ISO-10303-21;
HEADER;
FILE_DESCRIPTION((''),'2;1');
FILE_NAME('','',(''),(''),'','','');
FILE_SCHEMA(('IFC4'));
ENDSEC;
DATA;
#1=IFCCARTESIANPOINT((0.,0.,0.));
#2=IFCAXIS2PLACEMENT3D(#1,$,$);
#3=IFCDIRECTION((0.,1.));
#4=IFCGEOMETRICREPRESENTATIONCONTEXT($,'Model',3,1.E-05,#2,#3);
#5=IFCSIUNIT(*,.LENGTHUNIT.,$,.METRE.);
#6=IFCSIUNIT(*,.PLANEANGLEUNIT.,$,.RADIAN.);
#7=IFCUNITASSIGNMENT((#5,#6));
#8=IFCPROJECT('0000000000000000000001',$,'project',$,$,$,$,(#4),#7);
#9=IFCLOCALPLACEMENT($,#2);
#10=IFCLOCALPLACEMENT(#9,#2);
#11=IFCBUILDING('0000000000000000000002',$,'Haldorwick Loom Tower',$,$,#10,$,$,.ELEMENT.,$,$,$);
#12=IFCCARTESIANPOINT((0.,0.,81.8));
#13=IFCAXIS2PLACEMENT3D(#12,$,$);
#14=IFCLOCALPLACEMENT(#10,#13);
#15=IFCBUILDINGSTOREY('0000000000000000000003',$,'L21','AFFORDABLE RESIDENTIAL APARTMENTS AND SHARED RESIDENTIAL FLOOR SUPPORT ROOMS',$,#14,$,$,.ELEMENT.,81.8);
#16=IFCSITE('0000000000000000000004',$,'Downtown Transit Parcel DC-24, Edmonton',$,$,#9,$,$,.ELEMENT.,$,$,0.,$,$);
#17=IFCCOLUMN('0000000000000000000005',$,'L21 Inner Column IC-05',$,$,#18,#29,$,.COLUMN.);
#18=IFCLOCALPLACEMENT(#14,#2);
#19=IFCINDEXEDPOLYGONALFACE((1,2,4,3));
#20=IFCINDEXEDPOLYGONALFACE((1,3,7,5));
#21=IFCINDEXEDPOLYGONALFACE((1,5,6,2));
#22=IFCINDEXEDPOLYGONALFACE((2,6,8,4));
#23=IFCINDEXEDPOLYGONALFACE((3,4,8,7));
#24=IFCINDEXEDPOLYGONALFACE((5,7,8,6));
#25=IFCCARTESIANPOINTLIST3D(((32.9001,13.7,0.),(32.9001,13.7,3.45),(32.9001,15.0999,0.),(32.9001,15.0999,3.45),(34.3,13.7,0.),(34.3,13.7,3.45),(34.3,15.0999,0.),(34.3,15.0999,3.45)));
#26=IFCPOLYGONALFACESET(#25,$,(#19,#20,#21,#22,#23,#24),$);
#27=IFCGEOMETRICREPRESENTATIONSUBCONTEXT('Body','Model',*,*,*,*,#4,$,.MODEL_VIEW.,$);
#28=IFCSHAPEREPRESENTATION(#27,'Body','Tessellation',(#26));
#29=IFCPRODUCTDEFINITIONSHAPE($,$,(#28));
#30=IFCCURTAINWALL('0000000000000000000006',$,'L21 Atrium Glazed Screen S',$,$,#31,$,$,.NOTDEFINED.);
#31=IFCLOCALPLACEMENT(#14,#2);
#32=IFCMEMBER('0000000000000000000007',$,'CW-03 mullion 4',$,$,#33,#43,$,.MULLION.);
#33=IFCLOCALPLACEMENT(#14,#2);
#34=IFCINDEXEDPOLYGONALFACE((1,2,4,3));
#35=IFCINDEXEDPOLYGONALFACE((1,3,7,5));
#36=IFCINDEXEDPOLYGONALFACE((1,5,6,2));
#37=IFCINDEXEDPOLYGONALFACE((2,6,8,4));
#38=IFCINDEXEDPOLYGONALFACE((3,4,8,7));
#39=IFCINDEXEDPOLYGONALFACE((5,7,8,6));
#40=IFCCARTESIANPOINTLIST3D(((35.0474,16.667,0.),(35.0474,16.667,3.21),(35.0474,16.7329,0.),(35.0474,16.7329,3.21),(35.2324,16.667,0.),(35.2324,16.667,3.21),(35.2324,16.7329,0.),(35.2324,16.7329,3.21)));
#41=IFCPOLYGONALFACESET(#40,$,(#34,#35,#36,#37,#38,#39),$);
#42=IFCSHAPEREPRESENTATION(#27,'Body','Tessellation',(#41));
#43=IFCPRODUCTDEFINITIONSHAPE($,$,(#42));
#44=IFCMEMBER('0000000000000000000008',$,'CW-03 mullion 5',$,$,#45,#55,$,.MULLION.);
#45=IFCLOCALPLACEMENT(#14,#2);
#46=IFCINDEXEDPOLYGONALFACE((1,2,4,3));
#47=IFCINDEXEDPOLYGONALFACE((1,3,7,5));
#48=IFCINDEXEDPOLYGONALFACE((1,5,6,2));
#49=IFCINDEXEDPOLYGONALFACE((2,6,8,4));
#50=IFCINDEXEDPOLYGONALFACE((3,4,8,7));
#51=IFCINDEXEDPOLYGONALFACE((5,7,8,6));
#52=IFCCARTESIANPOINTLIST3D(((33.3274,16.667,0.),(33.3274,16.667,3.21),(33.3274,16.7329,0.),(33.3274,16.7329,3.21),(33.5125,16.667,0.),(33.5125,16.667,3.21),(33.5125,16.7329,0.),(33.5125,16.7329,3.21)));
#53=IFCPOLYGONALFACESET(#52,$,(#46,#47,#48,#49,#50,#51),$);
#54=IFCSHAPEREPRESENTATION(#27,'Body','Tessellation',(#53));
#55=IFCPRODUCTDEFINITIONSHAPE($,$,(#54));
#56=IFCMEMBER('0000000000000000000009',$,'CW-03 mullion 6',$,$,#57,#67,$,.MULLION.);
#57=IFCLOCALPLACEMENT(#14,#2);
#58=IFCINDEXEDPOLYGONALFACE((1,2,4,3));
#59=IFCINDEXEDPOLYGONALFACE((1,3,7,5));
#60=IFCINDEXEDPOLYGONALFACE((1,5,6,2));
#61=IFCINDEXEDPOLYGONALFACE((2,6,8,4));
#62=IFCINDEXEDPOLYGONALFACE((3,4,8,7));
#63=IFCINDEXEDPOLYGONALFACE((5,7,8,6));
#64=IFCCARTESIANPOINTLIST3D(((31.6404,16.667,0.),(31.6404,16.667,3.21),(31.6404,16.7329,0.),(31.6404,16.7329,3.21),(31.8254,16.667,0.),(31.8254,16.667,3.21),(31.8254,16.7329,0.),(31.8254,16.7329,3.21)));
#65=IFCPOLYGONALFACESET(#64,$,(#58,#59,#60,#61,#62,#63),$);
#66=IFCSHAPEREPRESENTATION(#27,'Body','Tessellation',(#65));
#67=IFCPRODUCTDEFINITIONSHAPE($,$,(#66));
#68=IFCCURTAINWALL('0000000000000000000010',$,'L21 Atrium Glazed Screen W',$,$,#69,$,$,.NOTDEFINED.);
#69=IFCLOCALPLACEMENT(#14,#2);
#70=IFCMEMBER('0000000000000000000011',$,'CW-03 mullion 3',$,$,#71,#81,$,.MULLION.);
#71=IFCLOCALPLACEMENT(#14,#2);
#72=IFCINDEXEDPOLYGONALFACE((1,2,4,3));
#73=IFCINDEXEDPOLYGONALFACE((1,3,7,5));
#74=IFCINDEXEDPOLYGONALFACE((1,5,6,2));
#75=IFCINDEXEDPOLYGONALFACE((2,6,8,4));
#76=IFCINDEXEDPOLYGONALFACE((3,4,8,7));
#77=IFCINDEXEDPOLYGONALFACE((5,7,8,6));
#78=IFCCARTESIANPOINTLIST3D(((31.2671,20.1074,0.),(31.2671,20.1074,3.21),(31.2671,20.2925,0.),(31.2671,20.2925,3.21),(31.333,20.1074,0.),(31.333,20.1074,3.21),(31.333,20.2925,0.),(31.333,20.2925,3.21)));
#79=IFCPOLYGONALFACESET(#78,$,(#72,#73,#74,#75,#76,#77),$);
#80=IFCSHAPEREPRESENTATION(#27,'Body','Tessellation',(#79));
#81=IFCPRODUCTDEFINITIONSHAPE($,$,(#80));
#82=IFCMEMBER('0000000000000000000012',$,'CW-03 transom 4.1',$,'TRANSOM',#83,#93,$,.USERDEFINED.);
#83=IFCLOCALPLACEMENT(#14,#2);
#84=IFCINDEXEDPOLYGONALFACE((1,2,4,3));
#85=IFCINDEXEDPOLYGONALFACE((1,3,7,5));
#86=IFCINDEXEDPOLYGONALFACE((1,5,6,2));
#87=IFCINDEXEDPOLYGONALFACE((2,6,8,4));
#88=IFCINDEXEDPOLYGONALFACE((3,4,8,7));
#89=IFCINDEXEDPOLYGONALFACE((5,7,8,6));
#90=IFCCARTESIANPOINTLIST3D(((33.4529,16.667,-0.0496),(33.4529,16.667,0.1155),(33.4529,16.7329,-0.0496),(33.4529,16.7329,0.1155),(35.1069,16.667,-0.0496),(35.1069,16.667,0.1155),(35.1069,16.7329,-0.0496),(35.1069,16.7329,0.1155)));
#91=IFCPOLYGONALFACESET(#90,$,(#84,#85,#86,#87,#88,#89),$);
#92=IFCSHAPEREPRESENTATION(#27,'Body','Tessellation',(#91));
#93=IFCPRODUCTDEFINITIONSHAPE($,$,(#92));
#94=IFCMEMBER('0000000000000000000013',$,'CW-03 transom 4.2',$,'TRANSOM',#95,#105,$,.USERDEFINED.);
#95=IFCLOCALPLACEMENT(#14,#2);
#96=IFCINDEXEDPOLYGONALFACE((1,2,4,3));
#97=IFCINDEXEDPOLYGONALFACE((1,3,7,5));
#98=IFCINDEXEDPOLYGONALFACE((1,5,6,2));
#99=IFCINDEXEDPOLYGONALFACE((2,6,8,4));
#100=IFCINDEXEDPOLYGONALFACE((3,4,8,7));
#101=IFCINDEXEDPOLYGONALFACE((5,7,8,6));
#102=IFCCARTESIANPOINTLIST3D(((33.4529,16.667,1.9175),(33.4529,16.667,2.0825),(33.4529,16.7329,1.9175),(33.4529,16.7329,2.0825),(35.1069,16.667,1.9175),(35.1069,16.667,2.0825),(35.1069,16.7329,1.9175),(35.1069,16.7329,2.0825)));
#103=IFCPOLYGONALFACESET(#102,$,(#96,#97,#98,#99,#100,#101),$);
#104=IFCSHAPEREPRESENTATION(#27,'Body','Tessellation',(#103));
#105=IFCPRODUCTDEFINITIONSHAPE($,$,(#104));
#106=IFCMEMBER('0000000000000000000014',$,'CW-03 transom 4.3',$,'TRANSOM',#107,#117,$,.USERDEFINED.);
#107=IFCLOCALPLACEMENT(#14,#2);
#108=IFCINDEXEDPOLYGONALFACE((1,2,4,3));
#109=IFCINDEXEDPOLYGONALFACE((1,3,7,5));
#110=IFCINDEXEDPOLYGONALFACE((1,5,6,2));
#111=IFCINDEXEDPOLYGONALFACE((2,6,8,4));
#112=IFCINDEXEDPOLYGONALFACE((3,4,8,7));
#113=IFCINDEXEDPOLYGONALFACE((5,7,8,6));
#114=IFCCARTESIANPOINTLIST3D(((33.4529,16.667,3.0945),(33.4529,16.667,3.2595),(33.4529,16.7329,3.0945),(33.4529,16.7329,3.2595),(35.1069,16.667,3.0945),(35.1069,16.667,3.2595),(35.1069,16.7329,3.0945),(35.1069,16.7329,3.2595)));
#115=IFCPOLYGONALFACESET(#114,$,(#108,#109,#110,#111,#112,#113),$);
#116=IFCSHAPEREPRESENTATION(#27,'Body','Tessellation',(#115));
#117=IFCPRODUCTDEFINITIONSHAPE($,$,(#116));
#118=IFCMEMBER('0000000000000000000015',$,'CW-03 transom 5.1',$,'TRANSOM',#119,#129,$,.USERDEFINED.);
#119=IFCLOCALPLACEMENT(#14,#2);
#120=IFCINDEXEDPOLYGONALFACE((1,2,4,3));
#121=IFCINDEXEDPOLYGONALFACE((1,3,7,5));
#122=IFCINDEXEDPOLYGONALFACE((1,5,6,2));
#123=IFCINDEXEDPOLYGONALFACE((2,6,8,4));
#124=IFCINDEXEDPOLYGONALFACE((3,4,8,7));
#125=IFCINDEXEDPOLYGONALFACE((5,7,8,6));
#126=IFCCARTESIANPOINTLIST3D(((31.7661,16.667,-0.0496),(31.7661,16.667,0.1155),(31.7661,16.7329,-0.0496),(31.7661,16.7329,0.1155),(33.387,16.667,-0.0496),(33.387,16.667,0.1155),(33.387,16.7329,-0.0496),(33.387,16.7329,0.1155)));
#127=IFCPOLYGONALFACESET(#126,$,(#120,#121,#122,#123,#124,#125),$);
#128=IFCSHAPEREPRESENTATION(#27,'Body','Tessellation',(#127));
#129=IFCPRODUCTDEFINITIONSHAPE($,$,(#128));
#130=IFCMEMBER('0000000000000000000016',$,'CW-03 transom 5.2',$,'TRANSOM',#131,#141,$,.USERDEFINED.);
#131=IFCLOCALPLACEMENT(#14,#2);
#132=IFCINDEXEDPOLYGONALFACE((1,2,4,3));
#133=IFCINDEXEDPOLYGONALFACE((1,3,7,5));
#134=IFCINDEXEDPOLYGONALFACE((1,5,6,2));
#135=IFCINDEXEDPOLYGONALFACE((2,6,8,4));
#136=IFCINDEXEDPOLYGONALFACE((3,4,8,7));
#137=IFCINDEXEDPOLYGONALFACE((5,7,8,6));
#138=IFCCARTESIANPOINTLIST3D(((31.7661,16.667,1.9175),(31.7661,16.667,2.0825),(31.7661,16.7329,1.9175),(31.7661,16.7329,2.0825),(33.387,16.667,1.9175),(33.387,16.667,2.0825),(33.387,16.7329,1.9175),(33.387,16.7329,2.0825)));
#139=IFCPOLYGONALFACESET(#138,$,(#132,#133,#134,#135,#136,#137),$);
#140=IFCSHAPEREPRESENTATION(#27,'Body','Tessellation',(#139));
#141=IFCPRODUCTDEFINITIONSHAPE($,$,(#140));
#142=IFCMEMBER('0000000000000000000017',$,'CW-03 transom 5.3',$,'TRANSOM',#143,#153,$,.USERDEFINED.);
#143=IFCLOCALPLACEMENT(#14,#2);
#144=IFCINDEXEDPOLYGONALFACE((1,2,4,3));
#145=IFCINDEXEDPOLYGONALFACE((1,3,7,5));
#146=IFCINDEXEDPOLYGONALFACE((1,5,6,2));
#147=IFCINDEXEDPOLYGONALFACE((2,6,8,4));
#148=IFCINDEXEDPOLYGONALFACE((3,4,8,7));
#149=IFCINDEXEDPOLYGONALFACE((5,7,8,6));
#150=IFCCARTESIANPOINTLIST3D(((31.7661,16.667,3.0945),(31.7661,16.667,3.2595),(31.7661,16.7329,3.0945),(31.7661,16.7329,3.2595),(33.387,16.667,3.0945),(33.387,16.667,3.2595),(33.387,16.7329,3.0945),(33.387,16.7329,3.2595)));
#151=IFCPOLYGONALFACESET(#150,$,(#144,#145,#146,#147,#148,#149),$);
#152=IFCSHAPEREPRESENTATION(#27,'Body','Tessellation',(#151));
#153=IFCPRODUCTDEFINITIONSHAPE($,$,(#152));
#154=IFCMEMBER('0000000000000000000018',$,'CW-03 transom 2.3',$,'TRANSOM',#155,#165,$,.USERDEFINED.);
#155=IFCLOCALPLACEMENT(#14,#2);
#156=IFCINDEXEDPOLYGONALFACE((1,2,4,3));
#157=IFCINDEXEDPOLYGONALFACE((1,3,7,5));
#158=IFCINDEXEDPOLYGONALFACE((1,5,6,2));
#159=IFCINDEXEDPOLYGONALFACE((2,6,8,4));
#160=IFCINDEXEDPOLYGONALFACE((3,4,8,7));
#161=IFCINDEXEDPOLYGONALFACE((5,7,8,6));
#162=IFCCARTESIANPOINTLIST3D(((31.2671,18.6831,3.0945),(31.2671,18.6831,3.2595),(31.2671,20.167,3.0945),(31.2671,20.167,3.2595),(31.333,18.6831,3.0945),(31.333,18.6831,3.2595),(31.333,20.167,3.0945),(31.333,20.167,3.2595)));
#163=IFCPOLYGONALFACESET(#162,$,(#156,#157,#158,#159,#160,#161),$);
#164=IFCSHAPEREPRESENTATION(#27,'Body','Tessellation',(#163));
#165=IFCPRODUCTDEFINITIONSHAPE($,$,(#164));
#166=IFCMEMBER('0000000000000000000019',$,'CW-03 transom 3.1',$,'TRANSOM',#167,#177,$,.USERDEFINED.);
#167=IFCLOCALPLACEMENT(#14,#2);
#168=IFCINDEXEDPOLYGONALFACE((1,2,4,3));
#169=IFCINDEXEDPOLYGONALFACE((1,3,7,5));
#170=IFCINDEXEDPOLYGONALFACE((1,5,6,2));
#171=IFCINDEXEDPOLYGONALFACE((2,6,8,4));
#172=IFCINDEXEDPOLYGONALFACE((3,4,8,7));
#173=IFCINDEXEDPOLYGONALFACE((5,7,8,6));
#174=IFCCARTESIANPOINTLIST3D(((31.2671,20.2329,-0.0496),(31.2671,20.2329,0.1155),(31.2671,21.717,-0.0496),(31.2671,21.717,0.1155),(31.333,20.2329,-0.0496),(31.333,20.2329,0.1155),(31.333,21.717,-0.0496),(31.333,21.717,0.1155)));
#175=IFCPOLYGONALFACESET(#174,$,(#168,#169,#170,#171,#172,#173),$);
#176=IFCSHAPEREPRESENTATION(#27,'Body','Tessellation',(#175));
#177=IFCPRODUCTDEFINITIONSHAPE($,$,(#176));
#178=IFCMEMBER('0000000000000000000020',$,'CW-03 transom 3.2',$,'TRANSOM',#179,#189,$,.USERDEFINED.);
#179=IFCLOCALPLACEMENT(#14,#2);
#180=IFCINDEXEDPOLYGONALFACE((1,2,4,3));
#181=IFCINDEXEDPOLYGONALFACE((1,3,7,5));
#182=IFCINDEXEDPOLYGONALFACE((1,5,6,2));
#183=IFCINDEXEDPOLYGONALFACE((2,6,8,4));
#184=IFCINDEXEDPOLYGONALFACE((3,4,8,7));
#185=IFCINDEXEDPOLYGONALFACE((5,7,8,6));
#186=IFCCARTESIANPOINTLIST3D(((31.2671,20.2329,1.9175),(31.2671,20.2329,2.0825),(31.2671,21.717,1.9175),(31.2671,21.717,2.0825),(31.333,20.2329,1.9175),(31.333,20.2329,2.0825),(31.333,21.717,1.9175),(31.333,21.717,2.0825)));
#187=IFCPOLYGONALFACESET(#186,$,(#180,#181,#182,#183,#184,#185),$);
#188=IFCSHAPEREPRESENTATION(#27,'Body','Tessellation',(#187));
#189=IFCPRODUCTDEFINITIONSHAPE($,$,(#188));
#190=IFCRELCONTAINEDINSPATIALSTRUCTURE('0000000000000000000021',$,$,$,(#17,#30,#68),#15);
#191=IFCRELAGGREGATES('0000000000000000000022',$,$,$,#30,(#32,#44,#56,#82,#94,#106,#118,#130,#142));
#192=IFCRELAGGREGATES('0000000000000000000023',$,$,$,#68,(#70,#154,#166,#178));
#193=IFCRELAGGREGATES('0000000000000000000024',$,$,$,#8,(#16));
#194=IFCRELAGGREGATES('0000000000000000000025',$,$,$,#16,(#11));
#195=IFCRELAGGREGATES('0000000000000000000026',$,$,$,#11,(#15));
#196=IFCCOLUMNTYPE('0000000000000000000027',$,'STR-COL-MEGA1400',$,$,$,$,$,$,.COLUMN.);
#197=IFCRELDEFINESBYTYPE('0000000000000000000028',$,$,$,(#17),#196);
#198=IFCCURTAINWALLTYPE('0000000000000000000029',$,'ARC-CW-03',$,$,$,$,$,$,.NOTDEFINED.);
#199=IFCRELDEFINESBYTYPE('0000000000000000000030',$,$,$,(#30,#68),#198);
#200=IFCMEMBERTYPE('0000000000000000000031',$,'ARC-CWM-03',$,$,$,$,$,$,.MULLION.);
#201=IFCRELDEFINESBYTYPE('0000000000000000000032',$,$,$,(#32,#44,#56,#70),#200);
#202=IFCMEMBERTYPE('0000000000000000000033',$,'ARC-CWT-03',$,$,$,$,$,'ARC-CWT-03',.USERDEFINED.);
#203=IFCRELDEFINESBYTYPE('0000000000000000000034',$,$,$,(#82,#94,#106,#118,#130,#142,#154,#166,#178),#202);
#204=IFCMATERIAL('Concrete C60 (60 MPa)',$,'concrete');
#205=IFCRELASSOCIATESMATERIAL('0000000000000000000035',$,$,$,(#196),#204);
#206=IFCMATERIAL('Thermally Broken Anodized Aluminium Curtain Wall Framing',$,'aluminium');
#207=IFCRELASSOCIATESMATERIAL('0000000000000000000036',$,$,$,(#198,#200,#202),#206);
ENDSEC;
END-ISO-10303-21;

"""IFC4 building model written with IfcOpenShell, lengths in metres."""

from ifc_helpers import new_model, si_unit, direction, frame, origin, origin_2d, place, context, subcontext, project, spatial, rectangle, extrude, material, material_profile, profile_set, type_object, element, aggregate, save


model = new_model("IFC4")

# Units and contexts
model_context = context("Model", 3, precision=1e-05, world=origin(), true_north=direction((0.0, 1.0)))
body_context = subcontext(model_context, "Body", "Model", "MODEL_VIEW")
ifc_project = project(units=[si_unit("LENGTHUNIT", "METRE"), si_unit("PLANEANGLEUNIT", "RADIAN")], contexts=[model_context])

# Site, building, storey
site_placement = place(None, origin())
site = spatial("IfcSite", under=ifc_project, at=site_placement, Name="Downtown Transit Parcel DC-24, Edmonton", CompositionType="ELEMENT", RefElevation=0.0)
building_placement = place(site_placement, origin())
building = spatial("IfcBuilding", under=site, at=building_placement, Name="Haldorwick Loom Tower", CompositionType="ELEMENT")
storey_placement = place(building_placement, frame((0.0, 0.0, 81.8)))
storey = spatial("IfcBuildingStorey", under=building, at=storey_placement, Name="L21", Description="AFFORDABLE RESIDENTIAL APARTMENTS AND SHARED RESIDENTIAL FLOOR SUPPORT ROOMS", CompositionType="ELEMENT", Elevation=81.8)

# Column
ifc_material_1 = material(Name="Concrete C60 (60 MPa)", Category="concrete")
ifc_material_profile_1 = material_profile(ifc_material_1, rectangle(XDim=1.3999, YDim=1.3999, at=origin_2d()), Name="RC1400X1400", Category="concrete")
ifc_profile_set_1 = profile_set([ifc_material_profile_1], Name="Concrete C60 (60 MPa)")
column_type = type_object("IfcColumnType", Name="STR-COL-MEGA1400", PredefinedType="COLUMN", material=ifc_profile_set_1)
column_placement = place(storey_placement, frame((33.6001, 14.3999, 0.0), z_axis=(0.0, 0.0, 1.0), x_axis=(1.0, 0.0, 0.0)))
element("IfcColumn", 1, at=column_placement, inside=storey, type_object=column_type, Name="L21 Inner Column IC-05", PredefinedType="COLUMN", context=body_context, shape_type="SweptSolid", body=[
    extrude(rectangle(XDim=1.3999, YDim=1.3999, at=origin_2d()), origin(), (0.0, 0.0, 1.0), 3.45),
])

# Curtain wall, members
ifc_material_2 = material(Name="Thermally Broken Anodized Aluminium Curtain Wall Framing", Category="aluminium")
curtain_wall_type = type_object("IfcCurtainWallType", Name="ARC-CW-03", PredefinedType="NOTDEFINED", material=ifc_material_2)
curtain_wall_1_placement = place(storey_placement, origin())
curtain_wall_1 = element("IfcCurtainWall", 2, at=curtain_wall_1_placement, inside=storey, type_object=curtain_wall_type, Name="L21 Atrium Glazed Screen S", PredefinedType="NOTDEFINED")
ifc_material_profile_2 = material_profile(ifc_material_2, rectangle(XDim=0.0659, YDim=0.1851, at=origin_2d()), Name="ALU_MUL_66X185", Category="aluminium")
ifc_profile_set_2 = profile_set([ifc_material_profile_2], Name="Thermally Broken Anodized Aluminium Curtain Wall Framing")
member_type_1 = type_object("IfcMemberType", Name="ARC-CWM-03", PredefinedType="MULLION", material=ifc_profile_set_2)
member_1_placement = place(storey_placement, frame((35.1399, 16.7, 0.0), z_axis=(0.0, 0.0, 1.0), x_axis=(0.0, -1.0, 0.0)))
member_1 = element("IfcMember", 3, at=member_1_placement, type_object=member_type_1, Name="CW-03 mullion 4", PredefinedType="MULLION", context=body_context, shape_type="SweptSolid", body=[
    extrude(rectangle(XDim=0.0659, YDim=0.1851, at=origin_2d()), origin(), (0.0, 0.0, 1.0), 3.21),
])
member_2_placement = place(storey_placement, frame((33.4199, 16.7, 0.0), z_axis=(0.0, 0.0, 1.0), x_axis=(0.0, -1.0, 0.0)))
member_2 = element("IfcMember", 4, at=member_2_placement, type_object=member_type_1, Name="CW-03 mullion 5", PredefinedType="MULLION", context=body_context, shape_type="SweptSolid", body=[
    extrude(rectangle(XDim=0.0659, YDim=0.1851, at=origin_2d()), origin(), (0.0, 0.0, 1.0), 3.21),
])
member_3_placement = place(storey_placement, frame((31.7329, 16.7, 0.0), z_axis=(0.0, 0.0, 1.0), x_axis=(0.0, -1.0, 0.0)))
member_3 = element("IfcMember", 5, at=member_3_placement, type_object=member_type_1, Name="CW-03 mullion 6", PredefinedType="MULLION", context=body_context, shape_type="SweptSolid", body=[
    extrude(rectangle(XDim=0.0659, YDim=0.1851, at=origin_2d()), origin(), (0.0, 0.0, 1.0), 3.21),
])

# Curtain wall, member
curtain_wall_2_placement = place(storey_placement, origin())
curtain_wall_2 = element("IfcCurtainWall", 6, at=curtain_wall_2_placement, inside=storey, type_object=curtain_wall_type, Name="L21 Atrium Glazed Screen W", PredefinedType="NOTDEFINED")
member_4_placement = place(storey_placement, frame((31.3, 20.2, 0.0), z_axis=(0.0, 0.0, 1.0), x_axis=(-1.0, 0.0, 0.0)))
member_4 = element("IfcMember", 7, at=member_4_placement, type_object=member_type_1, Name="CW-03 mullion 3", PredefinedType="MULLION", context=body_context, shape_type="SweptSolid", body=[
    extrude(rectangle(XDim=0.0659, YDim=0.1851, at=origin_2d()), origin(), (0.0, 0.0, 1.0), 3.21),
])

# Members
ifc_material_profile_3 = material_profile(ifc_material_2, rectangle(XDim=0.0659, YDim=0.165, at=origin_2d()), Name="ALU_TRN_66X165", Category="aluminium")
ifc_profile_set_3 = profile_set([ifc_material_profile_3], Name="Thermally Broken Anodized Aluminium Curtain Wall Framing")
member_type_2 = type_object("IfcMemberType", Name="ARC-CWT-03", ElementType="ARC-CWT-03", PredefinedType="USERDEFINED", material=ifc_profile_set_3)
member_5_placement = place(storey_placement, frame((35.1069, 16.7, 0.033), z_axis=(-1.0, 0.0, 0.0), x_axis=(0.0, -1.0, 0.0)))
member_5 = element("IfcMember", 8, at=member_5_placement, type_object=member_type_2, Name="CW-03 transom 4.1", ObjectType="TRANSOM", PredefinedType="USERDEFINED", context=body_context, shape_type="SweptSolid", body=[
    extrude(rectangle(XDim=0.0659, YDim=0.165, at=origin_2d()), origin(), (0.0, 0.0, 1.0), 1.6541),
])
member_6_placement = place(storey_placement, frame((35.1069, 16.7, 2.0), z_axis=(-1.0, 0.0, 0.0), x_axis=(0.0, -1.0, 0.0)))
member_6 = element("IfcMember", 9, at=member_6_placement, type_object=member_type_2, Name="CW-03 transom 4.2", ObjectType="TRANSOM", PredefinedType="USERDEFINED", context=body_context, shape_type="SweptSolid", body=[
    extrude(rectangle(XDim=0.0659, YDim=0.165, at=origin_2d()), origin(), (0.0, 0.0, 1.0), 1.6541),
])
member_7_placement = place(storey_placement, frame((35.1069, 16.7, 3.177), z_axis=(-1.0, 0.0, 0.0), x_axis=(0.0, -1.0, 0.0)))
member_7 = element("IfcMember", 10, at=member_7_placement, type_object=member_type_2, Name="CW-03 transom 4.3", ObjectType="TRANSOM", PredefinedType="USERDEFINED", context=body_context, shape_type="SweptSolid", body=[
    extrude(rectangle(XDim=0.0659, YDim=0.165, at=origin_2d()), origin(), (0.0, 0.0, 1.0), 1.6541),
])
member_8_placement = place(storey_placement, frame((33.387, 16.7, 0.033), z_axis=(-1.0, 0.0, 0.0), x_axis=(0.0, -1.0, 0.0)))
member_8 = element("IfcMember", 11, at=member_8_placement, type_object=member_type_2, Name="CW-03 transom 5.1", ObjectType="TRANSOM", PredefinedType="USERDEFINED", context=body_context, shape_type="SweptSolid", body=[
    extrude(rectangle(XDim=0.0659, YDim=0.165, at=origin_2d()), origin(), (0.0, 0.0, 1.0), 1.6208),
])
member_9_placement = place(storey_placement, frame((33.387, 16.7, 2.0), z_axis=(-1.0, 0.0, 0.0), x_axis=(0.0, -1.0, 0.0)))
member_9 = element("IfcMember", 12, at=member_9_placement, type_object=member_type_2, Name="CW-03 transom 5.2", ObjectType="TRANSOM", PredefinedType="USERDEFINED", context=body_context, shape_type="SweptSolid", body=[
    extrude(rectangle(XDim=0.0659, YDim=0.165, at=origin_2d()), origin(), (0.0, 0.0, 1.0), 1.6208),
])
member_10_placement = place(storey_placement, frame((33.387, 16.7, 3.177), z_axis=(-1.0, 0.0, 0.0), x_axis=(0.0, -1.0, 0.0)))
member_10 = element("IfcMember", 13, at=member_10_placement, type_object=member_type_2, Name="CW-03 transom 5.3", ObjectType="TRANSOM", PredefinedType="USERDEFINED", context=body_context, shape_type="SweptSolid", body=[
    extrude(rectangle(XDim=0.0659, YDim=0.165, at=origin_2d()), origin(), (0.0, 0.0, 1.0), 1.6208),
])
member_11_placement = place(storey_placement, frame((31.3, 18.6831, 3.177), z_axis=(0.0, 1.0, 0.0), x_axis=(-1.0, 0.0, 0.0)))
member_11 = element("IfcMember", 14, at=member_11_placement, type_object=member_type_2, Name="CW-03 transom 2.3", ObjectType="TRANSOM", PredefinedType="USERDEFINED", context=body_context, shape_type="SweptSolid", body=[
    extrude(rectangle(XDim=0.0659, YDim=0.165, at=origin_2d()), origin(), (0.0, 0.0, 1.0), 1.4839),
])
member_12_placement = place(storey_placement, frame((31.3, 20.2329, 0.033), z_axis=(0.0, 1.0, 0.0), x_axis=(-1.0, 0.0, 0.0)))
member_12 = element("IfcMember", 15, at=member_12_placement, type_object=member_type_2, Name="CW-03 transom 3.1", ObjectType="TRANSOM", PredefinedType="USERDEFINED", context=body_context, shape_type="SweptSolid", body=[
    extrude(rectangle(XDim=0.0659, YDim=0.165, at=origin_2d()), origin(), (0.0, 0.0, 1.0), 1.4841),
])
member_13_placement = place(storey_placement, frame((31.3, 20.2329, 2.0), z_axis=(0.0, 1.0, 0.0), x_axis=(-1.0, 0.0, 0.0)))
member_13 = element("IfcMember", 16, at=member_13_placement, type_object=member_type_2, Name="CW-03 transom 3.2", ObjectType="TRANSOM", PredefinedType="USERDEFINED", context=body_context, shape_type="SweptSolid", body=[
    extrude(rectangle(XDim=0.0659, YDim=0.165, at=origin_2d()), origin(), (0.0, 0.0, 1.0), 1.4841),
])

aggregate(curtain_wall_1, [member_1, member_2, member_3, member_5, member_6, member_7, member_8, member_9, member_10])
aggregate(curtain_wall_2, [member_4, member_11, member_12, member_13])

save(model, "model.ifc")
